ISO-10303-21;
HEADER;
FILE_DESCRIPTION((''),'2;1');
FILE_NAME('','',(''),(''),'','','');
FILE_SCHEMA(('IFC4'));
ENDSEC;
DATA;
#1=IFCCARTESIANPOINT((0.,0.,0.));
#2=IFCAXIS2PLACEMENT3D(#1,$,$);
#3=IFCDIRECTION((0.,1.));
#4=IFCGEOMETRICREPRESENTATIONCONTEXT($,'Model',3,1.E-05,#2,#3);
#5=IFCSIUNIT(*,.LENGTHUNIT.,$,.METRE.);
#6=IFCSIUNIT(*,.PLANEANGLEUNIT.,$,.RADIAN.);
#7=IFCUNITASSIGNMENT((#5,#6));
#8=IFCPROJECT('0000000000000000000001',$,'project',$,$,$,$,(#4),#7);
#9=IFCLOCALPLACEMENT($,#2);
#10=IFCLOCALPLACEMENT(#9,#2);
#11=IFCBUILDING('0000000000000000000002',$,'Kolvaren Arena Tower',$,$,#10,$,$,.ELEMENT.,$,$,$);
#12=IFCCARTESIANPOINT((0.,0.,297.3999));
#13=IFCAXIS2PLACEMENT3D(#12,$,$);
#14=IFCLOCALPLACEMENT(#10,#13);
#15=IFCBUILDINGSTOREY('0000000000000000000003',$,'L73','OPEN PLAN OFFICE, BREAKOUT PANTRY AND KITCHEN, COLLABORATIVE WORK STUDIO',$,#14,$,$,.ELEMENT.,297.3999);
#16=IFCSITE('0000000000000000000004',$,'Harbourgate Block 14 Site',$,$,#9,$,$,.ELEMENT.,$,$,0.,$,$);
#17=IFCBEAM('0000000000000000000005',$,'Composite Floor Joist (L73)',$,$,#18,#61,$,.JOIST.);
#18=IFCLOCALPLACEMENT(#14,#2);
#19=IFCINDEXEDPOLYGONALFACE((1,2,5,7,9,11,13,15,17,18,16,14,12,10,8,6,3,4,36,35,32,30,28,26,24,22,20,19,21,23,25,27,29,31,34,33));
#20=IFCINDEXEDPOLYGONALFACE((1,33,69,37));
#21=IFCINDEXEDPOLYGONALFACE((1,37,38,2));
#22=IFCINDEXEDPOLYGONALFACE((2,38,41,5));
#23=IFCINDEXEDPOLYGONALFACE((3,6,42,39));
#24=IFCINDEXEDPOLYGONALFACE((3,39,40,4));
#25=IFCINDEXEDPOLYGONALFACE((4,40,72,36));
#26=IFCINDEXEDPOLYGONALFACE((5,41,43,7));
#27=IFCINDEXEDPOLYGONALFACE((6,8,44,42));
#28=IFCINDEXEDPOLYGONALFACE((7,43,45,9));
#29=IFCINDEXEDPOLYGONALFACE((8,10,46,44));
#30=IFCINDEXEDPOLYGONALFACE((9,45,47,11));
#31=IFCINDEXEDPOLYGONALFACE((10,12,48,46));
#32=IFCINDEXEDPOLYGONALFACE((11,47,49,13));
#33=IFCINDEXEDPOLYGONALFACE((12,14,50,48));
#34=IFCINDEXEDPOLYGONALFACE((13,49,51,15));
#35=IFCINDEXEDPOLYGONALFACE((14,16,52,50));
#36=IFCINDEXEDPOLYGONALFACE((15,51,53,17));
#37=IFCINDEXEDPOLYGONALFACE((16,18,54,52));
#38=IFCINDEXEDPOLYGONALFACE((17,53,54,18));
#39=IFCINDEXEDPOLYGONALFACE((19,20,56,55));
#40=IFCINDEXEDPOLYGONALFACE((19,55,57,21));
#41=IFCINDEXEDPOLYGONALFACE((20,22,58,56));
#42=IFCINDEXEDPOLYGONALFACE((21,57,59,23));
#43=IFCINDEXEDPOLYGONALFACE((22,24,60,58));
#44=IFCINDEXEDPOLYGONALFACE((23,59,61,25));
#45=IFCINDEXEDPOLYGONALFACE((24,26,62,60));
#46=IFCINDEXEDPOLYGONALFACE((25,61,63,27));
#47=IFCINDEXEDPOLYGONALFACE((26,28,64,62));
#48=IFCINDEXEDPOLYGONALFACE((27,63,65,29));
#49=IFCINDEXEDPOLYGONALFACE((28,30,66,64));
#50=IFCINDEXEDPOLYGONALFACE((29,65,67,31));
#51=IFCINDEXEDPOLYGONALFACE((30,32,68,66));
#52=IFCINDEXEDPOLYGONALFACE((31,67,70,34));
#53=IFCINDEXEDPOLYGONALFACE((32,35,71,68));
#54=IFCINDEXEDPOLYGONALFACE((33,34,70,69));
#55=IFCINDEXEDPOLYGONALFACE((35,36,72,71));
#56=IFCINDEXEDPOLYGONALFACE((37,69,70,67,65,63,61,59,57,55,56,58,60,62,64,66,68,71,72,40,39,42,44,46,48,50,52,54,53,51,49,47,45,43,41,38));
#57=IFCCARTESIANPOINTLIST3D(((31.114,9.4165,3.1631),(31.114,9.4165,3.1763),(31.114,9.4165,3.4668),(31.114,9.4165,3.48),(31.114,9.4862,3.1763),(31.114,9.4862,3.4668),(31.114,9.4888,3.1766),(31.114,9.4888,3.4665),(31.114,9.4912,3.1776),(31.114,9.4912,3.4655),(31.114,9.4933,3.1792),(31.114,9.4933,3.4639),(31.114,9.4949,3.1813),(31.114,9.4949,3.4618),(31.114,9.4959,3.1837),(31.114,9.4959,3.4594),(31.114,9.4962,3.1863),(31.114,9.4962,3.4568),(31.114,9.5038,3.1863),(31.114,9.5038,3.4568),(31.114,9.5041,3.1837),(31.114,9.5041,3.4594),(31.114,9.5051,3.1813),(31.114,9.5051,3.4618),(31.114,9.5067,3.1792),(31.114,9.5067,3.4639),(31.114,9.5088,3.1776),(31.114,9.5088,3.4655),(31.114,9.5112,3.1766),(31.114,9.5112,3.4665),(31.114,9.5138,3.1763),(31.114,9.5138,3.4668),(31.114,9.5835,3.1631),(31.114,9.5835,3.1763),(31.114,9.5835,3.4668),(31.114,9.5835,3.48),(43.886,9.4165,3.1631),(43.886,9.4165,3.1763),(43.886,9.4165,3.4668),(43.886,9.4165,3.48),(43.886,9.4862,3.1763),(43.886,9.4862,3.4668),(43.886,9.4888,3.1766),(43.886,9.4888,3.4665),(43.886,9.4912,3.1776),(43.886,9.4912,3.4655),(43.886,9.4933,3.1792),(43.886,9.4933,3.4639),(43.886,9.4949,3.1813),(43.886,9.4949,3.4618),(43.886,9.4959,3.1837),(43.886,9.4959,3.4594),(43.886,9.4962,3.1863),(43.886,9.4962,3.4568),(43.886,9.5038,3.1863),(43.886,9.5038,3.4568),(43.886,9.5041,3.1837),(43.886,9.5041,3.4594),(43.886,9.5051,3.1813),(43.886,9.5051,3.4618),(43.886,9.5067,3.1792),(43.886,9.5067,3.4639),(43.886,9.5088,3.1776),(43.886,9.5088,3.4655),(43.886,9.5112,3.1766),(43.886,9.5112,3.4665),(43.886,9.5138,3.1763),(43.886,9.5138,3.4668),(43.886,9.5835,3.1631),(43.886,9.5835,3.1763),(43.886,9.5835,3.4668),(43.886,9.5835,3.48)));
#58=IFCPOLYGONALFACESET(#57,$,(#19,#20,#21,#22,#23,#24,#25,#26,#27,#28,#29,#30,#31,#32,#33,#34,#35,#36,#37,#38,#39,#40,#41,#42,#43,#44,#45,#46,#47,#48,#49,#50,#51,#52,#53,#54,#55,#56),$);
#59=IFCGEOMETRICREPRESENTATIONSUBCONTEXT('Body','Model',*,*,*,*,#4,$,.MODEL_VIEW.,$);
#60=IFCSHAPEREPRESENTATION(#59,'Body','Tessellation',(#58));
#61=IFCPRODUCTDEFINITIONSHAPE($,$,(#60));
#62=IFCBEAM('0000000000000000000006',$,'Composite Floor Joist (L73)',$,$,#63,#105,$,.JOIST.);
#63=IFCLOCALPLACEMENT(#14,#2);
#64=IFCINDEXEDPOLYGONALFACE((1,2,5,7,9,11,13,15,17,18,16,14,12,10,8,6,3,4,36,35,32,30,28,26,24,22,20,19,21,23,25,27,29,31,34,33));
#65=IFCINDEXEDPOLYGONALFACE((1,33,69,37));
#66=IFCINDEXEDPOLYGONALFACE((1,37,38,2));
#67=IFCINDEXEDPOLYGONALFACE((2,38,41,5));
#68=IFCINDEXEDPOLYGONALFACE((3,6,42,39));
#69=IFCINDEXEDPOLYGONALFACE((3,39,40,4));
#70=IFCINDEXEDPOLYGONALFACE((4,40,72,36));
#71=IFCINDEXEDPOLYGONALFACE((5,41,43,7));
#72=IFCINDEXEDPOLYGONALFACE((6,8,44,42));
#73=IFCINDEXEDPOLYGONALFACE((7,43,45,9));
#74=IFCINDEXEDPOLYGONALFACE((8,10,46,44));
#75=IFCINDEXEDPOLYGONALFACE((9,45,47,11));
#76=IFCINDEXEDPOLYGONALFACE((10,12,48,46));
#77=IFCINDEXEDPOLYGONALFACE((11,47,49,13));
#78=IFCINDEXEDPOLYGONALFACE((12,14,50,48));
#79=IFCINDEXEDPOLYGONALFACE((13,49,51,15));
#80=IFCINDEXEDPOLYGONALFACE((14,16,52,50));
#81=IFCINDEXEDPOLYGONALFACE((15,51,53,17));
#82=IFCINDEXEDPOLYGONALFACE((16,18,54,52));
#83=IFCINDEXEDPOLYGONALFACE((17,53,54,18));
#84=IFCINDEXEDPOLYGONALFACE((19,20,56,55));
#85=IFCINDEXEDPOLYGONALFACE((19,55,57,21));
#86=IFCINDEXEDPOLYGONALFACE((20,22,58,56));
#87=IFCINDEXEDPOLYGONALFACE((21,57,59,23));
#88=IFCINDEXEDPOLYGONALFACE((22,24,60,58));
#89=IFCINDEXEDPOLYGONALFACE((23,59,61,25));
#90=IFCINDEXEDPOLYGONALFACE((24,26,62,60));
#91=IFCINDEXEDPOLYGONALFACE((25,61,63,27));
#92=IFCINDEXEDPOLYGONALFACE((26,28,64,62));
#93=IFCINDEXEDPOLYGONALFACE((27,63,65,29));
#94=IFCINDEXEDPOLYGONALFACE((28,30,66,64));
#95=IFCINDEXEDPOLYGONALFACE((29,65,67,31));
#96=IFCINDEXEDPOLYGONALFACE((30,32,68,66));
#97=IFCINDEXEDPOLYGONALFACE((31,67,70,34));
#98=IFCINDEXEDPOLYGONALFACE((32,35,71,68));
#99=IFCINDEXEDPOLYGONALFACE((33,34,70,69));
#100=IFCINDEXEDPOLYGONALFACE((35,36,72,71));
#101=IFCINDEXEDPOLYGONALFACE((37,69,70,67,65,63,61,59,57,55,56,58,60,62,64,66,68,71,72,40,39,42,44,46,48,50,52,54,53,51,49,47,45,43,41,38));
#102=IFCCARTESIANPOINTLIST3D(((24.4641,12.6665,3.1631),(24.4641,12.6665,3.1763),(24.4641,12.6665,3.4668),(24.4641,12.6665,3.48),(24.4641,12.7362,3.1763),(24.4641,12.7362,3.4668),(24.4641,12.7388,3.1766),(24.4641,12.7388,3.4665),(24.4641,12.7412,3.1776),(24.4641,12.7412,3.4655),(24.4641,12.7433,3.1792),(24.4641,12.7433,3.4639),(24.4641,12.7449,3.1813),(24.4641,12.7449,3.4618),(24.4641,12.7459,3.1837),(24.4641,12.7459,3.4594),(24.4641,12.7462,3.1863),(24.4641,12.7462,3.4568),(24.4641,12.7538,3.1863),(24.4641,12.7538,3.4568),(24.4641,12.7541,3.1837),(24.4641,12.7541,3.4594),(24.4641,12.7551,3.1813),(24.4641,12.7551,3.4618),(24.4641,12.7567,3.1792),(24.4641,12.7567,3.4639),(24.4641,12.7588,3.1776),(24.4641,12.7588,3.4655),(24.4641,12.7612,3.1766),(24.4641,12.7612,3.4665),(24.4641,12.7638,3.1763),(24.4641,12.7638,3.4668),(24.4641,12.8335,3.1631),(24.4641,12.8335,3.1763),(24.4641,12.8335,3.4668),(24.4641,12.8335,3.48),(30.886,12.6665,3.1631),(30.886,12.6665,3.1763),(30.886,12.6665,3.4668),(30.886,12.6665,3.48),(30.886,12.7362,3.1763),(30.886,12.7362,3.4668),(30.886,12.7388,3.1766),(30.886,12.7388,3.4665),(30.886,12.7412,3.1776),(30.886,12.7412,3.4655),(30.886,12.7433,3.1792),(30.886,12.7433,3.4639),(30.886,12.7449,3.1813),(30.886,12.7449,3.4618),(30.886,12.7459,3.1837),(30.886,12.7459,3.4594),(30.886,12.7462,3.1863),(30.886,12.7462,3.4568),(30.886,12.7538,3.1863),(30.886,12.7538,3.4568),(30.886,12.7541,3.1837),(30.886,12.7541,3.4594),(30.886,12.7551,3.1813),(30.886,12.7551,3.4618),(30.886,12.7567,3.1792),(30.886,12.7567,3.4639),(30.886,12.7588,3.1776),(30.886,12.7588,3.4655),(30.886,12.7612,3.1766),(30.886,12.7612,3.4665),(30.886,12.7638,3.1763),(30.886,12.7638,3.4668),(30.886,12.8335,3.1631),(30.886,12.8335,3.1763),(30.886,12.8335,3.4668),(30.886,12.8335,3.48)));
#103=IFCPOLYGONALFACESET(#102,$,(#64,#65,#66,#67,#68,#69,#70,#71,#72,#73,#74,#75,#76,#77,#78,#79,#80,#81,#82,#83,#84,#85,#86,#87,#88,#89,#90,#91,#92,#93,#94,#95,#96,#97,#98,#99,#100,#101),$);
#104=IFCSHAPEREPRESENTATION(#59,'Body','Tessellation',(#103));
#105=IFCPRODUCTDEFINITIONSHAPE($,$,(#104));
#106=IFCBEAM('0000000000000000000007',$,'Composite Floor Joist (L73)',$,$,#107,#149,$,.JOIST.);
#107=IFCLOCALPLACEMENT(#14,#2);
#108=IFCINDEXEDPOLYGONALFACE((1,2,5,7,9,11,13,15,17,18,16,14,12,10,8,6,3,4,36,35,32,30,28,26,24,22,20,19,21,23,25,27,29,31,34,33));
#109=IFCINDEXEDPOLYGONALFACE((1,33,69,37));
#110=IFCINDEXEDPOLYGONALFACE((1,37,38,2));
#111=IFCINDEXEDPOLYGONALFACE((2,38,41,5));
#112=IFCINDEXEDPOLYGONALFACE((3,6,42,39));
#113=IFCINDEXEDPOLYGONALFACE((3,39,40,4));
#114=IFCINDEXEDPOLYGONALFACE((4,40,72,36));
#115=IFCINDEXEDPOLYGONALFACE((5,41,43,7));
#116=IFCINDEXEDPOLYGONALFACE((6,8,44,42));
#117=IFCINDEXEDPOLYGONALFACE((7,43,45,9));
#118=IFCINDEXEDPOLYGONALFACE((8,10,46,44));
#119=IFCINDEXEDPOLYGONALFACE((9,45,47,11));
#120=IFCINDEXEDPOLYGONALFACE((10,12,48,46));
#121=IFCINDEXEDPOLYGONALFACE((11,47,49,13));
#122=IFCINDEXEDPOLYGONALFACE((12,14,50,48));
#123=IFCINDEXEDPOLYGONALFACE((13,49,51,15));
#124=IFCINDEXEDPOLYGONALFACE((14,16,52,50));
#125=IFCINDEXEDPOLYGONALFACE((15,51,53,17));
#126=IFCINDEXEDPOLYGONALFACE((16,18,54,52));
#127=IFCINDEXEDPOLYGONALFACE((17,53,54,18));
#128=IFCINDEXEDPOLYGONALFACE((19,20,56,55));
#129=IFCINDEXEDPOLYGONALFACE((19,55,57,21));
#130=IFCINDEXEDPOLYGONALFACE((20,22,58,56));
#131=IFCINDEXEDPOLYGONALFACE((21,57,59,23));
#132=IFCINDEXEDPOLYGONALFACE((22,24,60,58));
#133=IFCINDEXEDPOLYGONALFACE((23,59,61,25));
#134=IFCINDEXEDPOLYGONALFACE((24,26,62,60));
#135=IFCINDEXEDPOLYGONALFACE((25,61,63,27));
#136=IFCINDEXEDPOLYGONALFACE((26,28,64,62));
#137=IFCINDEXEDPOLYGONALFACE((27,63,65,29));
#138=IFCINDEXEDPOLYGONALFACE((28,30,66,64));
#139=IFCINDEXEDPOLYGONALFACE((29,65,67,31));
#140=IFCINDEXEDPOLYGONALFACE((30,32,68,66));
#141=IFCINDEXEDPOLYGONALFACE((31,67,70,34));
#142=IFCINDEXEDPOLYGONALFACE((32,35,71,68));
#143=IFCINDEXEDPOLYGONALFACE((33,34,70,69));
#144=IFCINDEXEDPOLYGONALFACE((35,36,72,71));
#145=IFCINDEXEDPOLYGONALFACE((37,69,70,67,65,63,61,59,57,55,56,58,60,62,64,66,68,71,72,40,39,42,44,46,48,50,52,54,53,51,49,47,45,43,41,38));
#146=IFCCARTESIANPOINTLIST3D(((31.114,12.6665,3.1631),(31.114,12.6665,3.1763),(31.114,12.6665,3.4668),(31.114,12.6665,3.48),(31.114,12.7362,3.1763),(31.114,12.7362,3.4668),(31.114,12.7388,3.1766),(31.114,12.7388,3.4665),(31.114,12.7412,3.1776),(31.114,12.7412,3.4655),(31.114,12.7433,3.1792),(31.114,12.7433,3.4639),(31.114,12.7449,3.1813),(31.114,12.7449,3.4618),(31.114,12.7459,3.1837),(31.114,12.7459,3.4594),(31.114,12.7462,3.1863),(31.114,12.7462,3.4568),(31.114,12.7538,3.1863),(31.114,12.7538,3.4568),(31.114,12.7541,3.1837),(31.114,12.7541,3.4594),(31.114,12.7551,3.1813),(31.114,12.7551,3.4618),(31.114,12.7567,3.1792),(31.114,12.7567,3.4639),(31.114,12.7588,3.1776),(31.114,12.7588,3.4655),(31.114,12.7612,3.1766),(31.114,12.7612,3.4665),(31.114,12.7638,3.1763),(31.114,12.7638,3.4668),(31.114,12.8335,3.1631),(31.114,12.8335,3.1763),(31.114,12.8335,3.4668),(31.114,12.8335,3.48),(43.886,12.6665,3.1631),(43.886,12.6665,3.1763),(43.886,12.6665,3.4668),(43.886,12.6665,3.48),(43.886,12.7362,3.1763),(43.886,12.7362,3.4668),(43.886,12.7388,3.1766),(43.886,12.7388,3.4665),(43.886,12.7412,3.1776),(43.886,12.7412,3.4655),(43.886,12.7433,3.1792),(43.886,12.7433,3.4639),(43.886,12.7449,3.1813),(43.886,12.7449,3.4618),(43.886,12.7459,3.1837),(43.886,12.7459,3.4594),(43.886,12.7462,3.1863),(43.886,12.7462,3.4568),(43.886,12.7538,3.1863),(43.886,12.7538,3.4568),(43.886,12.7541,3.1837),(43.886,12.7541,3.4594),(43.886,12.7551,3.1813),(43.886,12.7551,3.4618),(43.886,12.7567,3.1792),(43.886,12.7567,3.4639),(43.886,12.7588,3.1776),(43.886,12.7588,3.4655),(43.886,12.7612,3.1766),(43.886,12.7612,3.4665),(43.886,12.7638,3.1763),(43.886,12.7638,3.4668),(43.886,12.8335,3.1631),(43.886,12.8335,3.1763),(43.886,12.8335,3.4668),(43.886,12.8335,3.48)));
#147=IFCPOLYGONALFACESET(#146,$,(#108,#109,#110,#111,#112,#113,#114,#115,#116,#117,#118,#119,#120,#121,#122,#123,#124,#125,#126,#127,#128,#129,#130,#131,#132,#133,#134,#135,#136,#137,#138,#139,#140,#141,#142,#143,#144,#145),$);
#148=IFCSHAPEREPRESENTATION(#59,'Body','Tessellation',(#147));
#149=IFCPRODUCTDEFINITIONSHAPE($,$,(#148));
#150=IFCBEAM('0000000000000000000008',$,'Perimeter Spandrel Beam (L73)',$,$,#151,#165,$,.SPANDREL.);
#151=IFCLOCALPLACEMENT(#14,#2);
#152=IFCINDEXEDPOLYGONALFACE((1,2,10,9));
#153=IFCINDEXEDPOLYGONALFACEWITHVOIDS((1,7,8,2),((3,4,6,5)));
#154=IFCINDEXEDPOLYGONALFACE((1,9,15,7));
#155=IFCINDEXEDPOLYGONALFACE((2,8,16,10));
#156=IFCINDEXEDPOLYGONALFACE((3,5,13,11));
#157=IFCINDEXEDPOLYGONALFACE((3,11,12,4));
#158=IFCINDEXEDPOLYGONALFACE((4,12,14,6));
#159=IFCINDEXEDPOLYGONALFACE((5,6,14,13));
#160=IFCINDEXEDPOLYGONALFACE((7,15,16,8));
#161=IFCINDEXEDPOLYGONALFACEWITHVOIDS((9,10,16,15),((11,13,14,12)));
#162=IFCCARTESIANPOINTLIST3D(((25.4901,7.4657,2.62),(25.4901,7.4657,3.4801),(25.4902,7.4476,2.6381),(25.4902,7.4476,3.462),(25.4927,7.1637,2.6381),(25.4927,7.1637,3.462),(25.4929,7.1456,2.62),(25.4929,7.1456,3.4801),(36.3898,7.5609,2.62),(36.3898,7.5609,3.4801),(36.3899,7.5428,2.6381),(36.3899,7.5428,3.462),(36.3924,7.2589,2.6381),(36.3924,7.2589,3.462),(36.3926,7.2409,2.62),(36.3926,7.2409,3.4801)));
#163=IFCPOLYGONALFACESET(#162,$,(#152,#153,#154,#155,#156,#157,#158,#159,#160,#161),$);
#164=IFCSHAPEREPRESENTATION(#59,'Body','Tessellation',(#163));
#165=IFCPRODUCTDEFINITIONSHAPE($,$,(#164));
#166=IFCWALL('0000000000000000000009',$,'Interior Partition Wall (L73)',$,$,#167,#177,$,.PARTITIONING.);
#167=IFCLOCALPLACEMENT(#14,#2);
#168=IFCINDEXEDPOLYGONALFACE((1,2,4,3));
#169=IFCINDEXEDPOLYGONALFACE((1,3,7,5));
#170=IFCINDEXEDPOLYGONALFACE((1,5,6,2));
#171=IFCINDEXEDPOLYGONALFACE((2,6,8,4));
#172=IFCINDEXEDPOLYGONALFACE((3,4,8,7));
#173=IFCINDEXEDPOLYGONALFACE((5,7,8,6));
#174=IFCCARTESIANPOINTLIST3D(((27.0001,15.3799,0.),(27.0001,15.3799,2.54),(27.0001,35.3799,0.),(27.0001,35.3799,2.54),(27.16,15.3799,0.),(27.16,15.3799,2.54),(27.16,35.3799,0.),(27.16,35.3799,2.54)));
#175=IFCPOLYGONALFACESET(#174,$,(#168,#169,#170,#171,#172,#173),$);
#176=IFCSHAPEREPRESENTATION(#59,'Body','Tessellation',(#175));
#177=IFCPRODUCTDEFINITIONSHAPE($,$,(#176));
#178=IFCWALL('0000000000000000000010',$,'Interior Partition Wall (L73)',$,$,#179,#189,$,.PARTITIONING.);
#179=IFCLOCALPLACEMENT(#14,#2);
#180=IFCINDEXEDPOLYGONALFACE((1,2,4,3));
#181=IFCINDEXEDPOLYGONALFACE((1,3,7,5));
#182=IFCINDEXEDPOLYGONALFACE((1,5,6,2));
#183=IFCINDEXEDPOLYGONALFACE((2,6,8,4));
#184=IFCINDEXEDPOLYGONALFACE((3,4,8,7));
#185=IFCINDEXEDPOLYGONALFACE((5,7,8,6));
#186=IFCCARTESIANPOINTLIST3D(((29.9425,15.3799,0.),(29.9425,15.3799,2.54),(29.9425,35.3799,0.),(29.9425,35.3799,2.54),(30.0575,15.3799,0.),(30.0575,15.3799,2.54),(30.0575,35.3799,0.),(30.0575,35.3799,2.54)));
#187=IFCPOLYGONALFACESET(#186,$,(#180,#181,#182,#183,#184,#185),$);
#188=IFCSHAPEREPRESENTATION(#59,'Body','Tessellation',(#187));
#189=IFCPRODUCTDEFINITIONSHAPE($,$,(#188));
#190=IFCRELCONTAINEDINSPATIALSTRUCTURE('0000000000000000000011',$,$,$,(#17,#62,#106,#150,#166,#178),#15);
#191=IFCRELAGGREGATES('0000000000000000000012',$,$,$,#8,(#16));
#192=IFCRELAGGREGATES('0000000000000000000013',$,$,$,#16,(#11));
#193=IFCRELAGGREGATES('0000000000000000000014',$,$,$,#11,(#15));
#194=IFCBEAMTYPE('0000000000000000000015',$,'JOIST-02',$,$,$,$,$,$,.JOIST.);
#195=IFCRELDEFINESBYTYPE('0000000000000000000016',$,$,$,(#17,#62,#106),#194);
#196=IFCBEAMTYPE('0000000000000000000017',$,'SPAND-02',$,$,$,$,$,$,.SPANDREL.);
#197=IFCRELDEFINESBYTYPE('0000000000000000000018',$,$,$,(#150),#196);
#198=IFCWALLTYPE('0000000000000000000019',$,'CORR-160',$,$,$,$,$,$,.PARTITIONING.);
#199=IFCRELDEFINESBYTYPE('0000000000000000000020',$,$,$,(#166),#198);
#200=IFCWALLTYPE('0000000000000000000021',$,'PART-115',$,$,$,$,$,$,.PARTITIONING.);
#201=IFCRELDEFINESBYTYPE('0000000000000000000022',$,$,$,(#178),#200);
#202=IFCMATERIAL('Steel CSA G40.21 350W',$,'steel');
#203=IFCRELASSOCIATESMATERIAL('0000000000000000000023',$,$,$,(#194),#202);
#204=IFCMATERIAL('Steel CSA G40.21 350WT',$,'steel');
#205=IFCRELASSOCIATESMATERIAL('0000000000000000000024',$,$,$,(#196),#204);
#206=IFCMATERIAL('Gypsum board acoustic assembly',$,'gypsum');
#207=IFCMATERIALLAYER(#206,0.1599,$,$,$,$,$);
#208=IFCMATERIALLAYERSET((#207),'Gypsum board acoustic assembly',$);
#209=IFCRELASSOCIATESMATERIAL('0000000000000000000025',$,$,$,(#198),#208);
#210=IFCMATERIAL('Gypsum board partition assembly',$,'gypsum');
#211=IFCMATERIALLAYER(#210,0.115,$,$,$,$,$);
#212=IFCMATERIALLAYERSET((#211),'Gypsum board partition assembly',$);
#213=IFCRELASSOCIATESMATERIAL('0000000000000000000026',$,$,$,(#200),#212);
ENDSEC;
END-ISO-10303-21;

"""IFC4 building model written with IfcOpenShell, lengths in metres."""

from ifc_helpers import new_model, si_unit, direction, frame, frame_2d, origin, origin_2d, place, context, subcontext, project, spatial, rectangle, hollow_rectangle, i_section, extrude, material, layer, layer_set, material_profile, profile_set, type_object, element, save


model = new_model("IFC4")

# Units and contexts
model_context = context("Model", 3, precision=1e-05, world=origin(), true_north=direction((0.0, 1.0)))
body_context = subcontext(model_context, "Body", "Model", "MODEL_VIEW")
ifc_project = project(units=[si_unit("LENGTHUNIT", "METRE"), si_unit("PLANEANGLEUNIT", "RADIAN")], contexts=[model_context])

# Site, building, storey
site_placement = place(None, origin())
site = spatial("IfcSite", under=ifc_project, at=site_placement, Name="Harbourgate Block 14 Site", CompositionType="ELEMENT", RefElevation=0.0)
building_placement = place(site_placement, origin())
building = spatial("IfcBuilding", under=site, at=building_placement, Name="Kolvaren Arena Tower", CompositionType="ELEMENT")
storey_placement = place(building_placement, frame((0.0, 0.0, 297.3999)))
storey = spatial("IfcBuildingStorey", under=building, at=storey_placement, Name="L73", Description="OPEN PLAN OFFICE, BREAKOUT PANTRY AND KITCHEN, COLLABORATIVE WORK STUDIO", CompositionType="ELEMENT", Elevation=297.3999)

# Beams
ifc_material_1 = material(Name="Steel CSA G40.21 350W", Category="steel")
ifc_material_profile_1 = material_profile(ifc_material_1, i_section(OverallWidth=0.167, OverallDepth=0.3169, WebThickness=0.0076, FlangeThickness=0.0132, FilletRadius=0.01, at=origin_2d()), Name="W310x52")
ifc_profile_set_1 = profile_set([ifc_material_profile_1], Name="Steel CSA G40.21 350W")
beam_type_1 = type_object("IfcBeamType", Name="JOIST-02", PredefinedType="JOIST", material=ifc_profile_set_1)
beam_1_placement = place(storey_placement, frame((31.114, 9.5, 3.3215), z_axis=(1.0, 0.0, 0.0), x_axis=(0.0, 1.0, 0.0)))
element("IfcBeam", 1, at=beam_1_placement, inside=storey, type_object=beam_type_1, Name="Composite Floor Joist (L73)", PredefinedType="JOIST", context=body_context, shape_type="SweptSolid", body=[
    extrude(i_section(OverallWidth=0.167, OverallDepth=0.3169, WebThickness=0.0076, FlangeThickness=0.0132, FilletRadius=0.01, at=origin_2d()), origin(), (0.0, 0.0, 1.0), 12.772),
])
beam_2_placement = place(storey_placement, frame((24.4641, 12.75, 3.3215), z_axis=(1.0, 0.0, 0.0), x_axis=(0.0, 1.0, 0.0)))
element("IfcBeam", 2, at=beam_2_placement, inside=storey, type_object=beam_type_1, Name="Composite Floor Joist (L73)", PredefinedType="JOIST", context=body_context, shape_type="SweptSolid", body=[
    extrude(i_section(OverallWidth=0.167, OverallDepth=0.3169, WebThickness=0.0076, FlangeThickness=0.0132, FilletRadius=0.01, at=origin_2d()), origin(), (0.0, 0.0, 1.0), 6.4219),
])
beam_3_placement = place(storey_placement, frame((31.114, 12.75, 3.3215), z_axis=(1.0, 0.0, 0.0), x_axis=(0.0, 1.0, 0.0)))
element("IfcBeam", 3, at=beam_3_placement, inside=storey, type_object=beam_type_1, Name="Composite Floor Joist (L73)", PredefinedType="JOIST", context=body_context, shape_type="SweptSolid", body=[
    extrude(i_section(OverallWidth=0.167, OverallDepth=0.3169, WebThickness=0.0076, FlangeThickness=0.0132, FilletRadius=0.01, at=origin_2d()), origin(), (0.0, 0.0, 1.0), 12.772),
])
ifc_material_2 = material(Name="Steel CSA G40.21 350WT", Category="steel")
ifc_material_profile_2 = material_profile(ifc_material_2, hollow_rectangle(XDim=0.3201, YDim=0.8601, WallThickness=0.0181, at=origin_2d()), Name="HSS 860x320x18")
ifc_profile_set_2 = profile_set([ifc_material_profile_2], Name="Steel CSA G40.21 350WT")
beam_type_2 = type_object("IfcBeamType", Name="SPAND-02", PredefinedType="SPANDREL", material=ifc_profile_set_2)
beam_4_placement = place(storey_placement, frame((25.4915, 7.3057, 3.05), z_axis=(0.999962, 0.008735, 0.0), x_axis=(-0.008735, 0.999962, 0.0)))
element("IfcBeam", 4, at=beam_4_placement, inside=storey, type_object=beam_type_2, Name="Perimeter Spandrel Beam (L73)", PredefinedType="SPANDREL", context=body_context, shape_type="SweptSolid", body=[
    extrude(hollow_rectangle(XDim=0.3201, YDim=0.8601, WallThickness=0.0181, at=origin_2d()), origin(), (0.0, 0.0, 1.0), 10.9001),
])

# Shared definitions
ifc_material_3 = material(Name="Gypsum board acoustic assembly", Category="gypsum")
ifc_layer_1 = layer(ifc_material_3, 0.1599)
ifc_layer_set_1 = layer_set([ifc_layer_1], Name="Gypsum board acoustic assembly")
wall_type_1 = type_object("IfcWallType", Name="CORR-160", PredefinedType="PARTITIONING", material=ifc_layer_set_1)

# Walls
wall_1_placement = place(storey_placement, frame((27.0801, 15.3799, 0.0), z_axis=(0.0, 0.0, 1.0), x_axis=(0.0, 1.0, 0.0)))
element("IfcWall", 5, at=wall_1_placement, inside=storey, type_object=wall_type_1, Name="Interior Partition Wall (L73)", PredefinedType="PARTITIONING", context=body_context, shape_type="SweptSolid", body=[
    extrude(rectangle(XDim=20.0, YDim=0.1599, at=frame_2d((10.0, 0.0))), origin(), (0.0, 0.0, 1.0), 2.54),
])
ifc_material_4 = material(Name="Gypsum board partition assembly", Category="gypsum")
ifc_layer_2 = layer(ifc_material_4, 0.115)
ifc_layer_set_2 = layer_set([ifc_layer_2], Name="Gypsum board partition assembly")
wall_type_2 = type_object("IfcWallType", Name="PART-115", PredefinedType="PARTITIONING", material=ifc_layer_set_2)
wall_2_placement = place(storey_placement, frame((30.0, 15.3799, 0.0), z_axis=(0.0, 0.0, 1.0), x_axis=(0.0, 1.0, 0.0)))
element("IfcWall", 6, at=wall_2_placement, inside=storey, type_object=wall_type_2, Name="Interior Partition Wall (L73)", PredefinedType="PARTITIONING", context=body_context, shape_type="SweptSolid", body=[
    extrude(rectangle(XDim=20.0, YDim=0.115, at=frame_2d((10.0, 0.0))), origin(), (0.0, 0.0, 1.0), 2.54),
])

save(model, "model.ifc")
